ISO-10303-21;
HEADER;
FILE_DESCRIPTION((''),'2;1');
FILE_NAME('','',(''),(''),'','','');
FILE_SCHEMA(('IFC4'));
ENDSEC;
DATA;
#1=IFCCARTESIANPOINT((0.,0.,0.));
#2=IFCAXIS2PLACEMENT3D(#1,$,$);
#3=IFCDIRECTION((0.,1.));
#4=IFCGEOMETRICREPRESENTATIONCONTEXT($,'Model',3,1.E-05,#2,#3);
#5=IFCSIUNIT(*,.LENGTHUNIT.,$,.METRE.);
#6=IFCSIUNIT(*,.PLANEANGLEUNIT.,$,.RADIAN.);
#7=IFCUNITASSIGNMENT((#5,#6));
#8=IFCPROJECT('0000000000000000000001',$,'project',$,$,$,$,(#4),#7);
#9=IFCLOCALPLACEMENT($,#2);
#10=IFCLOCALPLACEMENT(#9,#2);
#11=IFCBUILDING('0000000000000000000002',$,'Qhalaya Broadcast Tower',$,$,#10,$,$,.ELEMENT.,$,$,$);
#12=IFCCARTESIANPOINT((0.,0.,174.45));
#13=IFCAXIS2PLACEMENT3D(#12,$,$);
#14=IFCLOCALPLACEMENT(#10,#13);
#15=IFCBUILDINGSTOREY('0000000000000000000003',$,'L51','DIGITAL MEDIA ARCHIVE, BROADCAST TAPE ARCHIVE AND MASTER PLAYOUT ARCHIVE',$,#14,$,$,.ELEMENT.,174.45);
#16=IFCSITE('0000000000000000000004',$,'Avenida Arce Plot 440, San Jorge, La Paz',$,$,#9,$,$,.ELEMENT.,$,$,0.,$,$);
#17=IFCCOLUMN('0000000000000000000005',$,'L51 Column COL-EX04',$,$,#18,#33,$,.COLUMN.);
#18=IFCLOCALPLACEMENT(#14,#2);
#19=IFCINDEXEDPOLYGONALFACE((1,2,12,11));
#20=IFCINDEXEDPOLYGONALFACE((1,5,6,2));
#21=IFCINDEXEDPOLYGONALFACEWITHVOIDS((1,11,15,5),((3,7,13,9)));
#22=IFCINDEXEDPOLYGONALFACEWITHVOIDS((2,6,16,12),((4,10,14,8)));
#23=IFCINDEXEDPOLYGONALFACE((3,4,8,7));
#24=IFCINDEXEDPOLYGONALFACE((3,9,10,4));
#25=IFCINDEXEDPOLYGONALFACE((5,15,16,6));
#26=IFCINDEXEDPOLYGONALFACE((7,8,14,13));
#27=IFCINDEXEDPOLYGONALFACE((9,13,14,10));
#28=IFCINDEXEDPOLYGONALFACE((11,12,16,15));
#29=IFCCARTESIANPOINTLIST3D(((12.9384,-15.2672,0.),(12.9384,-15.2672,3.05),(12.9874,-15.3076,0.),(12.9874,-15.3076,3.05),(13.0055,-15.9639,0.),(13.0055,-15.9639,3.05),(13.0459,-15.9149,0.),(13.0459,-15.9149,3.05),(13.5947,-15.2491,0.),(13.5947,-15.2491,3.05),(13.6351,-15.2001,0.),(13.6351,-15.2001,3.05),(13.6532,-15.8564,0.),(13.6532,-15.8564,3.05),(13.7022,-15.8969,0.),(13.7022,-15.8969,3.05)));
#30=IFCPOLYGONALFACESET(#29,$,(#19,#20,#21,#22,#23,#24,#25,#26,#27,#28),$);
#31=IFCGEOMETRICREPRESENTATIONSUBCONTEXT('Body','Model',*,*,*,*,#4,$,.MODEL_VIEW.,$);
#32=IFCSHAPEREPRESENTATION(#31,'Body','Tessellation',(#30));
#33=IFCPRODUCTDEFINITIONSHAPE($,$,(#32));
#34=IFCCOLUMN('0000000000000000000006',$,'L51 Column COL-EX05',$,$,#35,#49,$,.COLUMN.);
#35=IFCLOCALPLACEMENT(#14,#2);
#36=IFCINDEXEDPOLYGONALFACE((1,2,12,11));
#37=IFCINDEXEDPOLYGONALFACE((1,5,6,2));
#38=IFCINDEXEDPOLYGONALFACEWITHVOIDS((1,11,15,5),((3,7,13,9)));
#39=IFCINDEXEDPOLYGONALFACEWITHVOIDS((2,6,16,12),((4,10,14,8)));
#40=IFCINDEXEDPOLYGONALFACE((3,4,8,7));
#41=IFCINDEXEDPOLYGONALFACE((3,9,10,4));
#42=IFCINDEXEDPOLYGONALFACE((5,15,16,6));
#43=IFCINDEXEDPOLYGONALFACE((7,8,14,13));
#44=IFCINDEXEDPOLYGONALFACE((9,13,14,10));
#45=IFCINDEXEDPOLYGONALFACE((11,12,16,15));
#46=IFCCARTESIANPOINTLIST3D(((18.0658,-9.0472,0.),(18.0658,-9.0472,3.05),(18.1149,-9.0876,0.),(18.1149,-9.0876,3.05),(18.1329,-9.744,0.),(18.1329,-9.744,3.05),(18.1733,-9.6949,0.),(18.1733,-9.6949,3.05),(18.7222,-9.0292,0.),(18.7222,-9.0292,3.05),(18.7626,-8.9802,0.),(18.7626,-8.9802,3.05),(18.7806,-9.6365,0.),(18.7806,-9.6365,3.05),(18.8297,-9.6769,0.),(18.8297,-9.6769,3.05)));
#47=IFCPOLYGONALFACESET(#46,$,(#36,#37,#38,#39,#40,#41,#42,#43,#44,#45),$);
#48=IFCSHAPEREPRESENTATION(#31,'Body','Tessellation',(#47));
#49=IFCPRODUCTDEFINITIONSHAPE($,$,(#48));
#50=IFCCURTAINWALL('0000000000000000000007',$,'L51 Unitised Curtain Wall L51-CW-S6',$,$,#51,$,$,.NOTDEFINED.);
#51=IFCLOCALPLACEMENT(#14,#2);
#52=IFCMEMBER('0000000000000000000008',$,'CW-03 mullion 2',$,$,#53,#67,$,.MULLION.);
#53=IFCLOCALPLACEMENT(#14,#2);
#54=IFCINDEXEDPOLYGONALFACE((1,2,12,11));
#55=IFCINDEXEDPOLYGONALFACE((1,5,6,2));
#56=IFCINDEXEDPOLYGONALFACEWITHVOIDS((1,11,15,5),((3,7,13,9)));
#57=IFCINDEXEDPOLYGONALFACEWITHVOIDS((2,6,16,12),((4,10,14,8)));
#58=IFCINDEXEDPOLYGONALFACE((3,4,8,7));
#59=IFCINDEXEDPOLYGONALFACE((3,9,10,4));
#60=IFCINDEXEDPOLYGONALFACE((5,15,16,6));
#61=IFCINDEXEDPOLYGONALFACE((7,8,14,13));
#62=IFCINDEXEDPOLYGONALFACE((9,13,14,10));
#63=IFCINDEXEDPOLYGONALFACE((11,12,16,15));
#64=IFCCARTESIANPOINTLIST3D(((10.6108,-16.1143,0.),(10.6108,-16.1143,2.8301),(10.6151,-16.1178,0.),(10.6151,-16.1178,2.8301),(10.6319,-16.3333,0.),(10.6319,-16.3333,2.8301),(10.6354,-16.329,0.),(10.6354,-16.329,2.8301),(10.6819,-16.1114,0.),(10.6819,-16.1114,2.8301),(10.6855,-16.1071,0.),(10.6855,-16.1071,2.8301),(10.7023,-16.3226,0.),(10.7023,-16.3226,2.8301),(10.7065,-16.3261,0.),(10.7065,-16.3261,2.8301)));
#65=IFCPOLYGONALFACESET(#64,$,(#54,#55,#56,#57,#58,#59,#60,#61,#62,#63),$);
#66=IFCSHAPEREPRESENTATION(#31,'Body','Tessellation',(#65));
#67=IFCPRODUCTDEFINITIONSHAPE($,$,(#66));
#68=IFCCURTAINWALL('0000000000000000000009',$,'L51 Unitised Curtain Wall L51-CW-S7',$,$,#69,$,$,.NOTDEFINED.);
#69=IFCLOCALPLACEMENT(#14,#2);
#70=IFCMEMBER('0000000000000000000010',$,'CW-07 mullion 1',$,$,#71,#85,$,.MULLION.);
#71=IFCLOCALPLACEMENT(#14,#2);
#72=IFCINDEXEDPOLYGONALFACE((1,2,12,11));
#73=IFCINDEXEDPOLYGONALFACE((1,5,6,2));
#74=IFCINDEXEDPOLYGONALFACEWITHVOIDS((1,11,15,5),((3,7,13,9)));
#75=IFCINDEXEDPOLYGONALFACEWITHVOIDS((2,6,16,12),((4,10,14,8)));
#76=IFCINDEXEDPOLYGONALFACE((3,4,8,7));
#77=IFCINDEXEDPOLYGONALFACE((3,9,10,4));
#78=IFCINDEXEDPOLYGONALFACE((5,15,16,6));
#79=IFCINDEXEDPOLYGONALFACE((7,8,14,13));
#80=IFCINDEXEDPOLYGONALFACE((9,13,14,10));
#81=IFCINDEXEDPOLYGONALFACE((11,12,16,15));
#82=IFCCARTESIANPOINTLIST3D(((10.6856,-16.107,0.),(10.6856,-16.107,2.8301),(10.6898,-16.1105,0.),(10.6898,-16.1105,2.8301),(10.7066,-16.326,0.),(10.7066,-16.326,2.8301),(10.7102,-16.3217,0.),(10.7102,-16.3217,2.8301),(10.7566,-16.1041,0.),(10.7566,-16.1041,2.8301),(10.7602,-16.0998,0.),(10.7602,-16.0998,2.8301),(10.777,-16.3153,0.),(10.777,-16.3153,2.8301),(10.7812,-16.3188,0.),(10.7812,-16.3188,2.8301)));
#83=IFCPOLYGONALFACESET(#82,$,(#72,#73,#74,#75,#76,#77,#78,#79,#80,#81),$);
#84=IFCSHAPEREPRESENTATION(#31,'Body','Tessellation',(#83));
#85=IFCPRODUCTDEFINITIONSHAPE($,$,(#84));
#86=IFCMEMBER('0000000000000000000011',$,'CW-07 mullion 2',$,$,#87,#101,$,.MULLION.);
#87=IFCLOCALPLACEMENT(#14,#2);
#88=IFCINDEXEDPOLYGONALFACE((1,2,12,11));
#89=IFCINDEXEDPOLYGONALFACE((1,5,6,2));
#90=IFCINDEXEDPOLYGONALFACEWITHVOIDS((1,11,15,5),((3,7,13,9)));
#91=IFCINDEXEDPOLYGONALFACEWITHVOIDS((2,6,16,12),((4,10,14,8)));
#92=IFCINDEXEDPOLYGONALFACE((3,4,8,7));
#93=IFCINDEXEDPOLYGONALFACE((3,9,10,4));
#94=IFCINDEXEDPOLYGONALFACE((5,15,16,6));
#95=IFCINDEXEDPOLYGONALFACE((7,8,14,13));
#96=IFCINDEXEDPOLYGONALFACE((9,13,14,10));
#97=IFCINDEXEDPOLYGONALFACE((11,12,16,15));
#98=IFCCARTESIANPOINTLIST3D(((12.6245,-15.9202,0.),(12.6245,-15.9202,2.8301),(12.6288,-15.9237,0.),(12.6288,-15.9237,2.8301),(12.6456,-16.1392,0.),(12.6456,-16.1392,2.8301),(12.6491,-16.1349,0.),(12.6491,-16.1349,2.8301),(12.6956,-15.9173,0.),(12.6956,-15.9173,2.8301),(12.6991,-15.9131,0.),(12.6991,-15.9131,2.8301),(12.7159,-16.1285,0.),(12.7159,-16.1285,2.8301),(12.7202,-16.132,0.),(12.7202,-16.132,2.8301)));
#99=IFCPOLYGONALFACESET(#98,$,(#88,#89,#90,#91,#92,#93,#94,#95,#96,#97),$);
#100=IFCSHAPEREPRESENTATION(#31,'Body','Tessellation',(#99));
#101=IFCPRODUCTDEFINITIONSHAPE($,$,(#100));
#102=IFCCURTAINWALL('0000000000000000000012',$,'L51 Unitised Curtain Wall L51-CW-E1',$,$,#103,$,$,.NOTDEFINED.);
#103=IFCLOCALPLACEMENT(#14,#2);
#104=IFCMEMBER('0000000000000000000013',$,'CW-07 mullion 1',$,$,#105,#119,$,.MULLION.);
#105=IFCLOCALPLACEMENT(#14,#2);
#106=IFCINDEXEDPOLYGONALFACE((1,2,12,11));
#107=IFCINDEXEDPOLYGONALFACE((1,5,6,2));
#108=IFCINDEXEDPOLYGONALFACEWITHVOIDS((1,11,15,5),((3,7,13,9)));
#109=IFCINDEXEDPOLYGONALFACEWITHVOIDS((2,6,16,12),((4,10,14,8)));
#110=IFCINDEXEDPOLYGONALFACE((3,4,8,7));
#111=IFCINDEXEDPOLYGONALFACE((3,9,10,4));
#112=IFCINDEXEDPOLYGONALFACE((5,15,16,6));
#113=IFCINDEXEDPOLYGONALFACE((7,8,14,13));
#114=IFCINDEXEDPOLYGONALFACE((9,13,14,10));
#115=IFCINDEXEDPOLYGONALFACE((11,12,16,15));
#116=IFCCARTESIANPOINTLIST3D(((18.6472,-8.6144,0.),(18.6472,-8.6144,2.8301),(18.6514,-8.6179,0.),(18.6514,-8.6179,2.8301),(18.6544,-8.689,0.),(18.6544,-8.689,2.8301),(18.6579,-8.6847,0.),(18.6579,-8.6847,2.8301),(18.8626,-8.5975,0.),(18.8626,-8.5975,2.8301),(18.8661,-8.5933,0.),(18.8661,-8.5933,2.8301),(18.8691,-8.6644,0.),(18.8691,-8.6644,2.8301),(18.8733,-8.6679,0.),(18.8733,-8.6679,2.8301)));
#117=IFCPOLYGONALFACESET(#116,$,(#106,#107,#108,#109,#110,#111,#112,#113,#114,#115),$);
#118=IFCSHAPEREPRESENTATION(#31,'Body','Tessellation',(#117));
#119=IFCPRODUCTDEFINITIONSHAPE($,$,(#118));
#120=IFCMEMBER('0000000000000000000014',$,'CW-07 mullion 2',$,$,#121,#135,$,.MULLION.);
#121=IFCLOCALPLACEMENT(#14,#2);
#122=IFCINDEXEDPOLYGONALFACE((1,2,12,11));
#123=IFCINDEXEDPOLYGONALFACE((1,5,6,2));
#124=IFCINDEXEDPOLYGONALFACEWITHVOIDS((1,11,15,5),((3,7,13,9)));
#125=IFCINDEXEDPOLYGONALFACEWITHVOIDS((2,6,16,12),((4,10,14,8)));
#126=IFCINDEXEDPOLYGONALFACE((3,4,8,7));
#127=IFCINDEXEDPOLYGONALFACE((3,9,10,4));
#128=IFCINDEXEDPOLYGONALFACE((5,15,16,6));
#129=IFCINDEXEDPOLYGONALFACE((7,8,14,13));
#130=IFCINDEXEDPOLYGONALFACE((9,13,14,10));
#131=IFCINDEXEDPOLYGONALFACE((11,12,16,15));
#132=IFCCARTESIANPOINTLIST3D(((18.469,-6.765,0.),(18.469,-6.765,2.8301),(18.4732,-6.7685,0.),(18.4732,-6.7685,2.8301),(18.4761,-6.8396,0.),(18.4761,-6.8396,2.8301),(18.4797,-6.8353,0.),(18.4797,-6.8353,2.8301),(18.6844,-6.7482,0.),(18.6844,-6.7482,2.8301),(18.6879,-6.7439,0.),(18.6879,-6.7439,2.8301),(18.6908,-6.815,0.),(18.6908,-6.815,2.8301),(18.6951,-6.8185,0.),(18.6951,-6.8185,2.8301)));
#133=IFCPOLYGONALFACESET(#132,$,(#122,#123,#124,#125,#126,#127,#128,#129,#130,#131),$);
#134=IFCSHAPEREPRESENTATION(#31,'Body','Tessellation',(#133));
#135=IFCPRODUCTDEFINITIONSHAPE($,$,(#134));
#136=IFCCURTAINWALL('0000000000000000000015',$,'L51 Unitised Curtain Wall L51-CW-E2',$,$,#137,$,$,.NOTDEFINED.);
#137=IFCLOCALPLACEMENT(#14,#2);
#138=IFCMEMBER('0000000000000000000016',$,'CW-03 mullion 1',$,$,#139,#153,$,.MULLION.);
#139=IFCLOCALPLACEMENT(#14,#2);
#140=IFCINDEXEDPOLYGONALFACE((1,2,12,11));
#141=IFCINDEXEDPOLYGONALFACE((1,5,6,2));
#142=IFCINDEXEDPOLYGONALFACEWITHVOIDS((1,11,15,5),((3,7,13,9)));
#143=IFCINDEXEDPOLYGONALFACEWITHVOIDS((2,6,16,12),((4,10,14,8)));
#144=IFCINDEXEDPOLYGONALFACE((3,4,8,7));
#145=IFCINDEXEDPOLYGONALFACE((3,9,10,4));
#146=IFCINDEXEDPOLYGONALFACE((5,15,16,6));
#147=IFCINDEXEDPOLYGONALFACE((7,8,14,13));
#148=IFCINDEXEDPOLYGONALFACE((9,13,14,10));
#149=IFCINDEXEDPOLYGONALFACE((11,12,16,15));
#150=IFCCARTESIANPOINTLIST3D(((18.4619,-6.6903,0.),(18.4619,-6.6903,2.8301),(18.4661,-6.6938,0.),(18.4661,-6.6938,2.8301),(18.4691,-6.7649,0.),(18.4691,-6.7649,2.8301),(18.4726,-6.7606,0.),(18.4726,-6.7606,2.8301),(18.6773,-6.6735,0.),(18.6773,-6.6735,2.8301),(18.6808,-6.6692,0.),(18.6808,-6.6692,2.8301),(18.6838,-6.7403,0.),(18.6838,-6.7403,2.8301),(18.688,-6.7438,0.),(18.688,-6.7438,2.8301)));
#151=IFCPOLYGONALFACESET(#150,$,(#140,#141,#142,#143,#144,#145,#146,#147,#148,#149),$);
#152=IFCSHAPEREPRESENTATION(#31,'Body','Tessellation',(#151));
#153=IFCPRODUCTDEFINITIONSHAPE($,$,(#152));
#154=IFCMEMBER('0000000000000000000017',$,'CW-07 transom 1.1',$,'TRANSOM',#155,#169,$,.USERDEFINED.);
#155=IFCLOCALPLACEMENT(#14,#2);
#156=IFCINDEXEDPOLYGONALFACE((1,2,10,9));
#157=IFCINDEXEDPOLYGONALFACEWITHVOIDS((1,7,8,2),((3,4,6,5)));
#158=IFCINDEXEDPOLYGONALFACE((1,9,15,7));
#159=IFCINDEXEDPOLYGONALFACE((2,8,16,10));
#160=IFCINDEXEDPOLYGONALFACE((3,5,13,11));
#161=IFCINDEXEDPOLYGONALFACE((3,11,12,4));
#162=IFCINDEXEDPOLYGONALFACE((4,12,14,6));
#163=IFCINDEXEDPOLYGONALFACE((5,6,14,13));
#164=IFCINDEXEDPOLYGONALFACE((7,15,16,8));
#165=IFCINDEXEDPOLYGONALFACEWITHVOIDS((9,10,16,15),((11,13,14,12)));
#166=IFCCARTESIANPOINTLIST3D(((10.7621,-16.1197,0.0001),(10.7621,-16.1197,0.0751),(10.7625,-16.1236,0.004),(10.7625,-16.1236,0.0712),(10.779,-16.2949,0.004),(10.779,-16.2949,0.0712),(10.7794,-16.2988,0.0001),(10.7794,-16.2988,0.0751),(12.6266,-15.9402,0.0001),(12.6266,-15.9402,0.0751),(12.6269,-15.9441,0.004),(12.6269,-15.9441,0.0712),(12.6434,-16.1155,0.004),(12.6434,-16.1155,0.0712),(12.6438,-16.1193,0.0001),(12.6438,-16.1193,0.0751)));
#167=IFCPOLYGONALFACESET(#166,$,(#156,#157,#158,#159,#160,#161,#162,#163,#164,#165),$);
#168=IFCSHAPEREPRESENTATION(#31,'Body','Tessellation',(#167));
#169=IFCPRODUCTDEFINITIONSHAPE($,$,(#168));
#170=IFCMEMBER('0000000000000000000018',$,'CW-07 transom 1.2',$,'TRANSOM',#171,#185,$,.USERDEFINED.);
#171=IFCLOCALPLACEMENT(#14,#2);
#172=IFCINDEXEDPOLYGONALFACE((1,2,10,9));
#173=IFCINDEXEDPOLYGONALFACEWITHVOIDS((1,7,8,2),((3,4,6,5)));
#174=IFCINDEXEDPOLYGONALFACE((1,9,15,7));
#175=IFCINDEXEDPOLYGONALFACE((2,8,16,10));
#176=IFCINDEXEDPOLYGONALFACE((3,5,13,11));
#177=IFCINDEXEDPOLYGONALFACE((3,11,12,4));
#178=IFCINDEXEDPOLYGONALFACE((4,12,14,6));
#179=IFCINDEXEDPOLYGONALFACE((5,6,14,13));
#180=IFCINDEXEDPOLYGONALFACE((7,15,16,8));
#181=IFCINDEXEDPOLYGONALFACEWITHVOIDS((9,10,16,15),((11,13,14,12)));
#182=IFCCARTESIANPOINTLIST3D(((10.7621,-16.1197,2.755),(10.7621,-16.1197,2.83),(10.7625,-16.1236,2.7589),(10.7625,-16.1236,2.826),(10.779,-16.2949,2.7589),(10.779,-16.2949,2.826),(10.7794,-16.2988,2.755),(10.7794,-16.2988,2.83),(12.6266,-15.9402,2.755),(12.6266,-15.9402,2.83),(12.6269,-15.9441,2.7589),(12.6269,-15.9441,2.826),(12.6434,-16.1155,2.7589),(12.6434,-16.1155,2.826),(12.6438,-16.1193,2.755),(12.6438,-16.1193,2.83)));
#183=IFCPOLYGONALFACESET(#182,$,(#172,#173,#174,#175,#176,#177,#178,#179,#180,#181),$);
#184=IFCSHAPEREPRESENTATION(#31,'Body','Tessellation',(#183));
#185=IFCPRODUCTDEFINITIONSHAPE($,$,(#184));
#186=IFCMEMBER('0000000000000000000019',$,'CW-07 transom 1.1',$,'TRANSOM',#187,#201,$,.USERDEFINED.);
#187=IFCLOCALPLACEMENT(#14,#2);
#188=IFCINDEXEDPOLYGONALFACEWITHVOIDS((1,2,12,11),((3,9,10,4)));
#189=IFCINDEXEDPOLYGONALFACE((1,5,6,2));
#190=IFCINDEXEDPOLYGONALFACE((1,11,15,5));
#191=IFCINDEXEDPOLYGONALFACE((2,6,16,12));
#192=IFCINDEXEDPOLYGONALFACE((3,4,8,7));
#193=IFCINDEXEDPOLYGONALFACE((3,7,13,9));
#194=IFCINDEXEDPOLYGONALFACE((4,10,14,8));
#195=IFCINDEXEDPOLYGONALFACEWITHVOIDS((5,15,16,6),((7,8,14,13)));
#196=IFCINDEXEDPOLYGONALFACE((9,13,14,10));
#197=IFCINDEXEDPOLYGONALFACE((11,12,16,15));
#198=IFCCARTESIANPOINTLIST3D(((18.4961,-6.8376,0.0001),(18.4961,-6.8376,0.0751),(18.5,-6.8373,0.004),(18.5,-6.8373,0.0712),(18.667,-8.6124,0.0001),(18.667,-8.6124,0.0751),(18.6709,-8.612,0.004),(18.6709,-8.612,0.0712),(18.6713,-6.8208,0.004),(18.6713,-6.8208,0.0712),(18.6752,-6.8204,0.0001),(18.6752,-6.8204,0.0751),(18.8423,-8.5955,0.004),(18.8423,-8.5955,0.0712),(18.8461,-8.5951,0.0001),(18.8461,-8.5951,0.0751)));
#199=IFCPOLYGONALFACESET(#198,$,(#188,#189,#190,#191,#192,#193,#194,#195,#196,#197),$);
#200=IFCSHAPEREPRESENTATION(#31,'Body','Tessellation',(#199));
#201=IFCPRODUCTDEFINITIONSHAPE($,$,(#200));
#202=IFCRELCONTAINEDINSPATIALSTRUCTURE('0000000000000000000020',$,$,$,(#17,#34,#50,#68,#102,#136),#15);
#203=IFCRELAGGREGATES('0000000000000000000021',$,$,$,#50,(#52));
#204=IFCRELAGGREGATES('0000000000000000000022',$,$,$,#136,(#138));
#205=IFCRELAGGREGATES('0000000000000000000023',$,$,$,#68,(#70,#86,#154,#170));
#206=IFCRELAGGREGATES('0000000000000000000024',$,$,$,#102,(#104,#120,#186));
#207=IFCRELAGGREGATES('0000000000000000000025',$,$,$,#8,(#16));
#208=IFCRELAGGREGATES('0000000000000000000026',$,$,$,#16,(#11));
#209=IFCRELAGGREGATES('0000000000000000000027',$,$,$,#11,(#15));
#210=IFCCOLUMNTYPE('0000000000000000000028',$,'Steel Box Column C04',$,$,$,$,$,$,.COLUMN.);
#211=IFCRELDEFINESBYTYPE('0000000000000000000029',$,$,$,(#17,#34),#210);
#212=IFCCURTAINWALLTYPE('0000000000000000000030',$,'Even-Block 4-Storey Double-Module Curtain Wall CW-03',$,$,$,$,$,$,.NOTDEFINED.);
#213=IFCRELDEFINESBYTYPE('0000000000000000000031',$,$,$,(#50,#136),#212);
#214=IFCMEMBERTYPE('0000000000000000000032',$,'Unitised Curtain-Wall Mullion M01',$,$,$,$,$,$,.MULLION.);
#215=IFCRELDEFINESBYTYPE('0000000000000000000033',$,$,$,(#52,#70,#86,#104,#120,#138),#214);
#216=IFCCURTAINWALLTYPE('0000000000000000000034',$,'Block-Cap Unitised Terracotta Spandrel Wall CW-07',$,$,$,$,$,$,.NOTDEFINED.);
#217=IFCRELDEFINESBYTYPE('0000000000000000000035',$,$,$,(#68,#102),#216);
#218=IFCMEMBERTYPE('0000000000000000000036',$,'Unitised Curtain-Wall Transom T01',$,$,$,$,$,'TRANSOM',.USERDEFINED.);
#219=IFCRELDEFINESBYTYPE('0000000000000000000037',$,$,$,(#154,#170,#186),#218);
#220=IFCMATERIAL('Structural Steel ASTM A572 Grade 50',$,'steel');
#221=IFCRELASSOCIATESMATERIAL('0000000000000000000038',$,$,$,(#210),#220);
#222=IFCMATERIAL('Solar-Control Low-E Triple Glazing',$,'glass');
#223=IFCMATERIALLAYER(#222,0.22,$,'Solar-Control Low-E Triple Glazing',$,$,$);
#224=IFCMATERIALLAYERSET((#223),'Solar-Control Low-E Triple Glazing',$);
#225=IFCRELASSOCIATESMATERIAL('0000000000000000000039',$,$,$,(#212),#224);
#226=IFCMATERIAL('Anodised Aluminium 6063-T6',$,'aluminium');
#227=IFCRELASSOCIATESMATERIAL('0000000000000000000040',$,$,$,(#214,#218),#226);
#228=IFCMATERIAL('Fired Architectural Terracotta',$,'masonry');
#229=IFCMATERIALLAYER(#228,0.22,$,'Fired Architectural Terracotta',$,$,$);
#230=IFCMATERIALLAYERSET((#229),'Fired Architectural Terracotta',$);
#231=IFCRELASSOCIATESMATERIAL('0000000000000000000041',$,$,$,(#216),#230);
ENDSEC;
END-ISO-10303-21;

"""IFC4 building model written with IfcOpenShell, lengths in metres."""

from ifc_helpers import new_model, si_unit, direction, frame, origin, origin_2d, place, context, subcontext, project, spatial, hollow_rectangle, extrude, material, layer, layer_set, material_profile, profile_set, type_object, element, aggregate, save


model = new_model("IFC4")

# Units and contexts
model_context = context("Model", 3, precision=1e-05, world=origin(), true_north=direction((0.0, 1.0)))
body_context = subcontext(model_context, "Body", "Model", "MODEL_VIEW")
ifc_project = project(units=[si_unit("LENGTHUNIT", "METRE"), si_unit("PLANEANGLEUNIT", "RADIAN")], contexts=[model_context])

# Site, building, storey
site_placement = place(None, origin())
site = spatial("IfcSite", under=ifc_project, at=site_placement, Name="Avenida Arce Plot 440, San Jorge, La Paz", CompositionType="ELEMENT", RefElevation=0.0)
building_placement = place(site_placement, origin())
building = spatial("IfcBuilding", under=site, at=building_placement, Name="Qhalaya Broadcast Tower", CompositionType="ELEMENT")
storey_placement = place(building_placement, frame((0.0, 0.0, 174.45)))
storey = spatial("IfcBuildingStorey", under=building, at=storey_placement, Name="L51", Description="DIGITAL MEDIA ARCHIVE, BROADCAST TAPE ARCHIVE AND MASTER PLAYOUT ARCHIVE", CompositionType="ELEMENT", Elevation=174.45)

# Columns
ifc_material_1 = material(Name="Structural Steel ASTM A572 Grade 50", Category="steel")
ifc_material_profile_1 = material_profile(ifc_material_1, hollow_rectangle(XDim=0.7, YDim=0.7, WallThickness=0.0449, at=origin_2d()), Name="BOX 700x700x45")
ifc_profile_set_1 = profile_set([ifc_material_profile_1], Name="Structural Steel ASTM A572 Grade 50")
column_type = type_object("IfcColumnType", Name="Steel Box Column C04", PredefinedType="COLUMN", material=ifc_profile_set_1)
for number, where, z_axis, x_axis, name in (
    (1, (13.3203, -15.582, 0.0), (0.0, 0.0, 1.0), (0.995396, 0.095846, 0.0), "L51 Column COL-EX04"),
    (2, (18.4478, -9.3621, 0.0), (0.0, 0.0, 1.0), (-0.095846, 0.995396, 0.0), "L51 Column COL-EX05"),
):
    element("IfcColumn", number, at=place(storey_placement, frame(where, z_axis=z_axis, x_axis=x_axis)), inside=storey, type_object=column_type, Name=name, PredefinedType="COLUMN", context=body_context, shape_type="SweptSolid", body=[
        extrude(hollow_rectangle(XDim=0.7, YDim=0.7, WallThickness=0.0449, at=origin_2d()), origin(), (0.0, 0.0, 1.0), 3.05),
    ])

# Curtain wall, member
ifc_material_2 = material(Name="Solar-Control Low-E Triple Glazing", Category="glass")
ifc_layer_1 = layer(ifc_material_2, 0.22, Name="Solar-Control Low-E Triple Glazing")
ifc_layer_set_1 = layer_set([ifc_layer_1], Name="Solar-Control Low-E Triple Glazing")
curtain_wall_type_1 = type_object("IfcCurtainWallType", Name="Even-Block 4-Storey Double-Module Curtain Wall CW-03", PredefinedType="NOTDEFINED", material=ifc_layer_set_1)
curtain_wall_1_placement = place(storey_placement, origin())
curtain_wall_1 = element("IfcCurtainWall", 3, at=curtain_wall_1_placement, inside=storey, type_object=curtain_wall_type_1, Name="L51 Unitised Curtain Wall L51-CW-S6", PredefinedType="NOTDEFINED")
ifc_material_3 = material(Name="Anodised Aluminium 6063-T6", Category="aluminium")
ifc_material_profile_2 = material_profile(ifc_material_3, hollow_rectangle(XDim=0.075, YDim=0.22, WallThickness=0.0039, at=origin_2d()), Name="ALU-MUL 75x220x4")
ifc_profile_set_2 = profile_set([ifc_material_profile_2], Name="Anodised Aluminium 6063-T6")
member_type_1 = type_object("IfcMemberType", Name="Unitised Curtain-Wall Mullion M01", PredefinedType="MULLION", material=ifc_profile_set_2)
member_1_placement = place(storey_placement, frame((10.6587, -16.2202, 0.0), z_axis=(0.0, 0.0, 1.0), x_axis=(0.995397, 0.095839, 0.0)))
member_1 = element("IfcMember", 4, at=member_1_placement, type_object=member_type_1, Name="CW-03 mullion 2", PredefinedType="MULLION", context=body_context, shape_type="SweptSolid", body=[
    extrude(hollow_rectangle(XDim=0.075, YDim=0.22, WallThickness=0.0039, at=origin_2d()), origin(), (0.0, 0.0, 1.0), 2.8301),
])
aggregate(curtain_wall_1, [member_1])

# Curtain walls, members
ifc_material_4 = material(Name="Fired Architectural Terracotta", Category="masonry")
ifc_layer_2 = layer(ifc_material_4, 0.22, Name="Fired Architectural Terracotta")
ifc_layer_set_2 = layer_set([ifc_layer_2], Name="Fired Architectural Terracotta")
curtain_wall_type_2 = type_object("IfcCurtainWallType", Name="Block-Cap Unitised Terracotta Spandrel Wall CW-07", PredefinedType="NOTDEFINED", material=ifc_layer_set_2)
curtain_wall_2_placement = place(storey_placement, origin())
curtain_wall_2 = element("IfcCurtainWall", 5, at=curtain_wall_2_placement, inside=storey, type_object=curtain_wall_type_2, Name="L51 Unitised Curtain Wall L51-CW-S7", PredefinedType="NOTDEFINED")
member_2_placement = place(storey_placement, frame((10.7334, -16.2129, 0.0), z_axis=(0.0, 0.0, 1.0), x_axis=(0.995396, 0.095847, 0.0)))
member_2 = element("IfcMember", 6, at=member_2_placement, type_object=member_type_1, Name="CW-07 mullion 1", PredefinedType="MULLION", context=body_context, shape_type="SweptSolid", body=[
    extrude(hollow_rectangle(XDim=0.075, YDim=0.22, WallThickness=0.0039, at=origin_2d()), origin(), (0.0, 0.0, 1.0), 2.8301),
])
member_3_placement = place(storey_placement, frame((12.6724, -16.0261, 0.0), z_axis=(0.0, 0.0, 1.0), x_axis=(0.995396, 0.095847, 0.0)))
member_3 = element("IfcMember", 7, at=member_3_placement, type_object=member_type_1, Name="CW-07 mullion 2", PredefinedType="MULLION", context=body_context, shape_type="SweptSolid", body=[
    extrude(hollow_rectangle(XDim=0.075, YDim=0.22, WallThickness=0.0039, at=origin_2d()), origin(), (0.0, 0.0, 1.0), 2.8301),
])
curtain_wall_3_placement = place(storey_placement, origin())
curtain_wall_3 = element("IfcCurtainWall", 8, at=curtain_wall_3_placement, inside=storey, type_object=curtain_wall_type_2, Name="L51 Unitised Curtain Wall L51-CW-E1", PredefinedType="NOTDEFINED")
member_4_placement = place(storey_placement, frame((18.7603, -8.6411, 0.0), z_axis=(0.0, 0.0, 1.0), x_axis=(-0.095861, 0.995395, 0.0)))
member_4 = element("IfcMember", 9, at=member_4_placement, type_object=member_type_1, Name="CW-07 mullion 1", PredefinedType="MULLION", context=body_context, shape_type="SweptSolid", body=[
    extrude(hollow_rectangle(XDim=0.075, YDim=0.22, WallThickness=0.0039, at=origin_2d()), origin(), (0.0, 0.0, 1.0), 2.8301),
])
member_5_placement = place(storey_placement, frame((18.582, -6.7917, 0.0), z_axis=(0.0, 0.0, 1.0), x_axis=(-0.095861, 0.995395, 0.0)))
member_5 = element("IfcMember", 10, at=member_5_placement, type_object=member_type_1, Name="CW-07 mullion 2", PredefinedType="MULLION", context=body_context, shape_type="SweptSolid", body=[
    extrude(hollow_rectangle(XDim=0.075, YDim=0.22, WallThickness=0.0039, at=origin_2d()), origin(), (0.0, 0.0, 1.0), 2.8301),
])

# Curtain wall, member
curtain_wall_4_placement = place(storey_placement, origin())
curtain_wall_4 = element("IfcCurtainWall", 11, at=curtain_wall_4_placement, inside=storey, type_object=curtain_wall_type_1, Name="L51 Unitised Curtain Wall L51-CW-E2", PredefinedType="NOTDEFINED")
member_6_placement = place(storey_placement, frame((18.575, -6.717, 0.0), z_axis=(0.0, 0.0, 1.0), x_axis=(-0.095851, 0.995396, 0.0)))
member_6 = element("IfcMember", 12, at=member_6_placement, type_object=member_type_1, Name="CW-03 mullion 1", PredefinedType="MULLION", context=body_context, shape_type="SweptSolid", body=[
    extrude(hollow_rectangle(XDim=0.075, YDim=0.22, WallThickness=0.0039, at=origin_2d()), origin(), (0.0, 0.0, 1.0), 2.8301),
])
aggregate(curtain_wall_4, [member_6])

# Members
ifc_material_profile_3 = material_profile(ifc_material_3, hollow_rectangle(XDim=0.075, YDim=0.1799, WallThickness=0.0039, at=origin_2d()), Name="ALU-TRN 75x180x4")
ifc_profile_set_3 = profile_set([ifc_material_profile_3], Name="Anodised Aluminium 6063-T6")
member_type_2 = type_object("IfcMemberType", Name="Unitised Curtain-Wall Transom T01", ElementType="TRANSOM", PredefinedType="USERDEFINED", material=ifc_profile_set_3)
member_7_placement = place(storey_placement, frame((10.7708, -16.2092, 0.0376), z_axis=(0.995401, 0.095799, 0.0), x_axis=(0.0, 0.0, 1.0)))
member_7 = element("IfcMember", 13, at=member_7_placement, type_object=member_type_2, Name="CW-07 transom 1.1", ObjectType="TRANSOM", PredefinedType="USERDEFINED", context=body_context, shape_type="SweptSolid", body=[
    extrude(hollow_rectangle(XDim=0.075, YDim=0.1799, WallThickness=0.0039, at=origin_2d()), origin(), (0.0, 0.0, 1.0), 1.873),
])
member_8_placement = place(storey_placement, frame((10.7708, -16.2092, 2.7925), z_axis=(0.995401, 0.095799, 0.0), x_axis=(0.0, 0.0, 1.0)))
member_8 = element("IfcMember", 14, at=member_8_placement, type_object=member_type_2, Name="CW-07 transom 1.2", ObjectType="TRANSOM", PredefinedType="USERDEFINED", context=body_context, shape_type="SweptSolid", body=[
    extrude(hollow_rectangle(XDim=0.075, YDim=0.1799, WallThickness=0.0039, at=origin_2d()), origin(), (0.0, 0.0, 1.0), 1.873),
])
member_9_placement = place(storey_placement, frame((18.7566, -8.6038, 0.0376), z_axis=(-0.095856, 0.995395, 0.0), x_axis=(0.0, 0.0, 1.0)))
member_9 = element("IfcMember", 15, at=member_9_placement, type_object=member_type_2, Name="CW-07 transom 1.1", ObjectType="TRANSOM", PredefinedType="USERDEFINED", context=body_context, shape_type="SweptSolid", body=[
    extrude(hollow_rectangle(XDim=0.075, YDim=0.1799, WallThickness=0.0039, at=origin_2d()), origin(), (0.0, 0.0, 1.0), 1.783),
])

aggregate(curtain_wall_2, [member_2, member_3, member_7, member_8])
aggregate(curtain_wall_3, [member_4, member_5, member_9])

save(model, "model.ifc")
